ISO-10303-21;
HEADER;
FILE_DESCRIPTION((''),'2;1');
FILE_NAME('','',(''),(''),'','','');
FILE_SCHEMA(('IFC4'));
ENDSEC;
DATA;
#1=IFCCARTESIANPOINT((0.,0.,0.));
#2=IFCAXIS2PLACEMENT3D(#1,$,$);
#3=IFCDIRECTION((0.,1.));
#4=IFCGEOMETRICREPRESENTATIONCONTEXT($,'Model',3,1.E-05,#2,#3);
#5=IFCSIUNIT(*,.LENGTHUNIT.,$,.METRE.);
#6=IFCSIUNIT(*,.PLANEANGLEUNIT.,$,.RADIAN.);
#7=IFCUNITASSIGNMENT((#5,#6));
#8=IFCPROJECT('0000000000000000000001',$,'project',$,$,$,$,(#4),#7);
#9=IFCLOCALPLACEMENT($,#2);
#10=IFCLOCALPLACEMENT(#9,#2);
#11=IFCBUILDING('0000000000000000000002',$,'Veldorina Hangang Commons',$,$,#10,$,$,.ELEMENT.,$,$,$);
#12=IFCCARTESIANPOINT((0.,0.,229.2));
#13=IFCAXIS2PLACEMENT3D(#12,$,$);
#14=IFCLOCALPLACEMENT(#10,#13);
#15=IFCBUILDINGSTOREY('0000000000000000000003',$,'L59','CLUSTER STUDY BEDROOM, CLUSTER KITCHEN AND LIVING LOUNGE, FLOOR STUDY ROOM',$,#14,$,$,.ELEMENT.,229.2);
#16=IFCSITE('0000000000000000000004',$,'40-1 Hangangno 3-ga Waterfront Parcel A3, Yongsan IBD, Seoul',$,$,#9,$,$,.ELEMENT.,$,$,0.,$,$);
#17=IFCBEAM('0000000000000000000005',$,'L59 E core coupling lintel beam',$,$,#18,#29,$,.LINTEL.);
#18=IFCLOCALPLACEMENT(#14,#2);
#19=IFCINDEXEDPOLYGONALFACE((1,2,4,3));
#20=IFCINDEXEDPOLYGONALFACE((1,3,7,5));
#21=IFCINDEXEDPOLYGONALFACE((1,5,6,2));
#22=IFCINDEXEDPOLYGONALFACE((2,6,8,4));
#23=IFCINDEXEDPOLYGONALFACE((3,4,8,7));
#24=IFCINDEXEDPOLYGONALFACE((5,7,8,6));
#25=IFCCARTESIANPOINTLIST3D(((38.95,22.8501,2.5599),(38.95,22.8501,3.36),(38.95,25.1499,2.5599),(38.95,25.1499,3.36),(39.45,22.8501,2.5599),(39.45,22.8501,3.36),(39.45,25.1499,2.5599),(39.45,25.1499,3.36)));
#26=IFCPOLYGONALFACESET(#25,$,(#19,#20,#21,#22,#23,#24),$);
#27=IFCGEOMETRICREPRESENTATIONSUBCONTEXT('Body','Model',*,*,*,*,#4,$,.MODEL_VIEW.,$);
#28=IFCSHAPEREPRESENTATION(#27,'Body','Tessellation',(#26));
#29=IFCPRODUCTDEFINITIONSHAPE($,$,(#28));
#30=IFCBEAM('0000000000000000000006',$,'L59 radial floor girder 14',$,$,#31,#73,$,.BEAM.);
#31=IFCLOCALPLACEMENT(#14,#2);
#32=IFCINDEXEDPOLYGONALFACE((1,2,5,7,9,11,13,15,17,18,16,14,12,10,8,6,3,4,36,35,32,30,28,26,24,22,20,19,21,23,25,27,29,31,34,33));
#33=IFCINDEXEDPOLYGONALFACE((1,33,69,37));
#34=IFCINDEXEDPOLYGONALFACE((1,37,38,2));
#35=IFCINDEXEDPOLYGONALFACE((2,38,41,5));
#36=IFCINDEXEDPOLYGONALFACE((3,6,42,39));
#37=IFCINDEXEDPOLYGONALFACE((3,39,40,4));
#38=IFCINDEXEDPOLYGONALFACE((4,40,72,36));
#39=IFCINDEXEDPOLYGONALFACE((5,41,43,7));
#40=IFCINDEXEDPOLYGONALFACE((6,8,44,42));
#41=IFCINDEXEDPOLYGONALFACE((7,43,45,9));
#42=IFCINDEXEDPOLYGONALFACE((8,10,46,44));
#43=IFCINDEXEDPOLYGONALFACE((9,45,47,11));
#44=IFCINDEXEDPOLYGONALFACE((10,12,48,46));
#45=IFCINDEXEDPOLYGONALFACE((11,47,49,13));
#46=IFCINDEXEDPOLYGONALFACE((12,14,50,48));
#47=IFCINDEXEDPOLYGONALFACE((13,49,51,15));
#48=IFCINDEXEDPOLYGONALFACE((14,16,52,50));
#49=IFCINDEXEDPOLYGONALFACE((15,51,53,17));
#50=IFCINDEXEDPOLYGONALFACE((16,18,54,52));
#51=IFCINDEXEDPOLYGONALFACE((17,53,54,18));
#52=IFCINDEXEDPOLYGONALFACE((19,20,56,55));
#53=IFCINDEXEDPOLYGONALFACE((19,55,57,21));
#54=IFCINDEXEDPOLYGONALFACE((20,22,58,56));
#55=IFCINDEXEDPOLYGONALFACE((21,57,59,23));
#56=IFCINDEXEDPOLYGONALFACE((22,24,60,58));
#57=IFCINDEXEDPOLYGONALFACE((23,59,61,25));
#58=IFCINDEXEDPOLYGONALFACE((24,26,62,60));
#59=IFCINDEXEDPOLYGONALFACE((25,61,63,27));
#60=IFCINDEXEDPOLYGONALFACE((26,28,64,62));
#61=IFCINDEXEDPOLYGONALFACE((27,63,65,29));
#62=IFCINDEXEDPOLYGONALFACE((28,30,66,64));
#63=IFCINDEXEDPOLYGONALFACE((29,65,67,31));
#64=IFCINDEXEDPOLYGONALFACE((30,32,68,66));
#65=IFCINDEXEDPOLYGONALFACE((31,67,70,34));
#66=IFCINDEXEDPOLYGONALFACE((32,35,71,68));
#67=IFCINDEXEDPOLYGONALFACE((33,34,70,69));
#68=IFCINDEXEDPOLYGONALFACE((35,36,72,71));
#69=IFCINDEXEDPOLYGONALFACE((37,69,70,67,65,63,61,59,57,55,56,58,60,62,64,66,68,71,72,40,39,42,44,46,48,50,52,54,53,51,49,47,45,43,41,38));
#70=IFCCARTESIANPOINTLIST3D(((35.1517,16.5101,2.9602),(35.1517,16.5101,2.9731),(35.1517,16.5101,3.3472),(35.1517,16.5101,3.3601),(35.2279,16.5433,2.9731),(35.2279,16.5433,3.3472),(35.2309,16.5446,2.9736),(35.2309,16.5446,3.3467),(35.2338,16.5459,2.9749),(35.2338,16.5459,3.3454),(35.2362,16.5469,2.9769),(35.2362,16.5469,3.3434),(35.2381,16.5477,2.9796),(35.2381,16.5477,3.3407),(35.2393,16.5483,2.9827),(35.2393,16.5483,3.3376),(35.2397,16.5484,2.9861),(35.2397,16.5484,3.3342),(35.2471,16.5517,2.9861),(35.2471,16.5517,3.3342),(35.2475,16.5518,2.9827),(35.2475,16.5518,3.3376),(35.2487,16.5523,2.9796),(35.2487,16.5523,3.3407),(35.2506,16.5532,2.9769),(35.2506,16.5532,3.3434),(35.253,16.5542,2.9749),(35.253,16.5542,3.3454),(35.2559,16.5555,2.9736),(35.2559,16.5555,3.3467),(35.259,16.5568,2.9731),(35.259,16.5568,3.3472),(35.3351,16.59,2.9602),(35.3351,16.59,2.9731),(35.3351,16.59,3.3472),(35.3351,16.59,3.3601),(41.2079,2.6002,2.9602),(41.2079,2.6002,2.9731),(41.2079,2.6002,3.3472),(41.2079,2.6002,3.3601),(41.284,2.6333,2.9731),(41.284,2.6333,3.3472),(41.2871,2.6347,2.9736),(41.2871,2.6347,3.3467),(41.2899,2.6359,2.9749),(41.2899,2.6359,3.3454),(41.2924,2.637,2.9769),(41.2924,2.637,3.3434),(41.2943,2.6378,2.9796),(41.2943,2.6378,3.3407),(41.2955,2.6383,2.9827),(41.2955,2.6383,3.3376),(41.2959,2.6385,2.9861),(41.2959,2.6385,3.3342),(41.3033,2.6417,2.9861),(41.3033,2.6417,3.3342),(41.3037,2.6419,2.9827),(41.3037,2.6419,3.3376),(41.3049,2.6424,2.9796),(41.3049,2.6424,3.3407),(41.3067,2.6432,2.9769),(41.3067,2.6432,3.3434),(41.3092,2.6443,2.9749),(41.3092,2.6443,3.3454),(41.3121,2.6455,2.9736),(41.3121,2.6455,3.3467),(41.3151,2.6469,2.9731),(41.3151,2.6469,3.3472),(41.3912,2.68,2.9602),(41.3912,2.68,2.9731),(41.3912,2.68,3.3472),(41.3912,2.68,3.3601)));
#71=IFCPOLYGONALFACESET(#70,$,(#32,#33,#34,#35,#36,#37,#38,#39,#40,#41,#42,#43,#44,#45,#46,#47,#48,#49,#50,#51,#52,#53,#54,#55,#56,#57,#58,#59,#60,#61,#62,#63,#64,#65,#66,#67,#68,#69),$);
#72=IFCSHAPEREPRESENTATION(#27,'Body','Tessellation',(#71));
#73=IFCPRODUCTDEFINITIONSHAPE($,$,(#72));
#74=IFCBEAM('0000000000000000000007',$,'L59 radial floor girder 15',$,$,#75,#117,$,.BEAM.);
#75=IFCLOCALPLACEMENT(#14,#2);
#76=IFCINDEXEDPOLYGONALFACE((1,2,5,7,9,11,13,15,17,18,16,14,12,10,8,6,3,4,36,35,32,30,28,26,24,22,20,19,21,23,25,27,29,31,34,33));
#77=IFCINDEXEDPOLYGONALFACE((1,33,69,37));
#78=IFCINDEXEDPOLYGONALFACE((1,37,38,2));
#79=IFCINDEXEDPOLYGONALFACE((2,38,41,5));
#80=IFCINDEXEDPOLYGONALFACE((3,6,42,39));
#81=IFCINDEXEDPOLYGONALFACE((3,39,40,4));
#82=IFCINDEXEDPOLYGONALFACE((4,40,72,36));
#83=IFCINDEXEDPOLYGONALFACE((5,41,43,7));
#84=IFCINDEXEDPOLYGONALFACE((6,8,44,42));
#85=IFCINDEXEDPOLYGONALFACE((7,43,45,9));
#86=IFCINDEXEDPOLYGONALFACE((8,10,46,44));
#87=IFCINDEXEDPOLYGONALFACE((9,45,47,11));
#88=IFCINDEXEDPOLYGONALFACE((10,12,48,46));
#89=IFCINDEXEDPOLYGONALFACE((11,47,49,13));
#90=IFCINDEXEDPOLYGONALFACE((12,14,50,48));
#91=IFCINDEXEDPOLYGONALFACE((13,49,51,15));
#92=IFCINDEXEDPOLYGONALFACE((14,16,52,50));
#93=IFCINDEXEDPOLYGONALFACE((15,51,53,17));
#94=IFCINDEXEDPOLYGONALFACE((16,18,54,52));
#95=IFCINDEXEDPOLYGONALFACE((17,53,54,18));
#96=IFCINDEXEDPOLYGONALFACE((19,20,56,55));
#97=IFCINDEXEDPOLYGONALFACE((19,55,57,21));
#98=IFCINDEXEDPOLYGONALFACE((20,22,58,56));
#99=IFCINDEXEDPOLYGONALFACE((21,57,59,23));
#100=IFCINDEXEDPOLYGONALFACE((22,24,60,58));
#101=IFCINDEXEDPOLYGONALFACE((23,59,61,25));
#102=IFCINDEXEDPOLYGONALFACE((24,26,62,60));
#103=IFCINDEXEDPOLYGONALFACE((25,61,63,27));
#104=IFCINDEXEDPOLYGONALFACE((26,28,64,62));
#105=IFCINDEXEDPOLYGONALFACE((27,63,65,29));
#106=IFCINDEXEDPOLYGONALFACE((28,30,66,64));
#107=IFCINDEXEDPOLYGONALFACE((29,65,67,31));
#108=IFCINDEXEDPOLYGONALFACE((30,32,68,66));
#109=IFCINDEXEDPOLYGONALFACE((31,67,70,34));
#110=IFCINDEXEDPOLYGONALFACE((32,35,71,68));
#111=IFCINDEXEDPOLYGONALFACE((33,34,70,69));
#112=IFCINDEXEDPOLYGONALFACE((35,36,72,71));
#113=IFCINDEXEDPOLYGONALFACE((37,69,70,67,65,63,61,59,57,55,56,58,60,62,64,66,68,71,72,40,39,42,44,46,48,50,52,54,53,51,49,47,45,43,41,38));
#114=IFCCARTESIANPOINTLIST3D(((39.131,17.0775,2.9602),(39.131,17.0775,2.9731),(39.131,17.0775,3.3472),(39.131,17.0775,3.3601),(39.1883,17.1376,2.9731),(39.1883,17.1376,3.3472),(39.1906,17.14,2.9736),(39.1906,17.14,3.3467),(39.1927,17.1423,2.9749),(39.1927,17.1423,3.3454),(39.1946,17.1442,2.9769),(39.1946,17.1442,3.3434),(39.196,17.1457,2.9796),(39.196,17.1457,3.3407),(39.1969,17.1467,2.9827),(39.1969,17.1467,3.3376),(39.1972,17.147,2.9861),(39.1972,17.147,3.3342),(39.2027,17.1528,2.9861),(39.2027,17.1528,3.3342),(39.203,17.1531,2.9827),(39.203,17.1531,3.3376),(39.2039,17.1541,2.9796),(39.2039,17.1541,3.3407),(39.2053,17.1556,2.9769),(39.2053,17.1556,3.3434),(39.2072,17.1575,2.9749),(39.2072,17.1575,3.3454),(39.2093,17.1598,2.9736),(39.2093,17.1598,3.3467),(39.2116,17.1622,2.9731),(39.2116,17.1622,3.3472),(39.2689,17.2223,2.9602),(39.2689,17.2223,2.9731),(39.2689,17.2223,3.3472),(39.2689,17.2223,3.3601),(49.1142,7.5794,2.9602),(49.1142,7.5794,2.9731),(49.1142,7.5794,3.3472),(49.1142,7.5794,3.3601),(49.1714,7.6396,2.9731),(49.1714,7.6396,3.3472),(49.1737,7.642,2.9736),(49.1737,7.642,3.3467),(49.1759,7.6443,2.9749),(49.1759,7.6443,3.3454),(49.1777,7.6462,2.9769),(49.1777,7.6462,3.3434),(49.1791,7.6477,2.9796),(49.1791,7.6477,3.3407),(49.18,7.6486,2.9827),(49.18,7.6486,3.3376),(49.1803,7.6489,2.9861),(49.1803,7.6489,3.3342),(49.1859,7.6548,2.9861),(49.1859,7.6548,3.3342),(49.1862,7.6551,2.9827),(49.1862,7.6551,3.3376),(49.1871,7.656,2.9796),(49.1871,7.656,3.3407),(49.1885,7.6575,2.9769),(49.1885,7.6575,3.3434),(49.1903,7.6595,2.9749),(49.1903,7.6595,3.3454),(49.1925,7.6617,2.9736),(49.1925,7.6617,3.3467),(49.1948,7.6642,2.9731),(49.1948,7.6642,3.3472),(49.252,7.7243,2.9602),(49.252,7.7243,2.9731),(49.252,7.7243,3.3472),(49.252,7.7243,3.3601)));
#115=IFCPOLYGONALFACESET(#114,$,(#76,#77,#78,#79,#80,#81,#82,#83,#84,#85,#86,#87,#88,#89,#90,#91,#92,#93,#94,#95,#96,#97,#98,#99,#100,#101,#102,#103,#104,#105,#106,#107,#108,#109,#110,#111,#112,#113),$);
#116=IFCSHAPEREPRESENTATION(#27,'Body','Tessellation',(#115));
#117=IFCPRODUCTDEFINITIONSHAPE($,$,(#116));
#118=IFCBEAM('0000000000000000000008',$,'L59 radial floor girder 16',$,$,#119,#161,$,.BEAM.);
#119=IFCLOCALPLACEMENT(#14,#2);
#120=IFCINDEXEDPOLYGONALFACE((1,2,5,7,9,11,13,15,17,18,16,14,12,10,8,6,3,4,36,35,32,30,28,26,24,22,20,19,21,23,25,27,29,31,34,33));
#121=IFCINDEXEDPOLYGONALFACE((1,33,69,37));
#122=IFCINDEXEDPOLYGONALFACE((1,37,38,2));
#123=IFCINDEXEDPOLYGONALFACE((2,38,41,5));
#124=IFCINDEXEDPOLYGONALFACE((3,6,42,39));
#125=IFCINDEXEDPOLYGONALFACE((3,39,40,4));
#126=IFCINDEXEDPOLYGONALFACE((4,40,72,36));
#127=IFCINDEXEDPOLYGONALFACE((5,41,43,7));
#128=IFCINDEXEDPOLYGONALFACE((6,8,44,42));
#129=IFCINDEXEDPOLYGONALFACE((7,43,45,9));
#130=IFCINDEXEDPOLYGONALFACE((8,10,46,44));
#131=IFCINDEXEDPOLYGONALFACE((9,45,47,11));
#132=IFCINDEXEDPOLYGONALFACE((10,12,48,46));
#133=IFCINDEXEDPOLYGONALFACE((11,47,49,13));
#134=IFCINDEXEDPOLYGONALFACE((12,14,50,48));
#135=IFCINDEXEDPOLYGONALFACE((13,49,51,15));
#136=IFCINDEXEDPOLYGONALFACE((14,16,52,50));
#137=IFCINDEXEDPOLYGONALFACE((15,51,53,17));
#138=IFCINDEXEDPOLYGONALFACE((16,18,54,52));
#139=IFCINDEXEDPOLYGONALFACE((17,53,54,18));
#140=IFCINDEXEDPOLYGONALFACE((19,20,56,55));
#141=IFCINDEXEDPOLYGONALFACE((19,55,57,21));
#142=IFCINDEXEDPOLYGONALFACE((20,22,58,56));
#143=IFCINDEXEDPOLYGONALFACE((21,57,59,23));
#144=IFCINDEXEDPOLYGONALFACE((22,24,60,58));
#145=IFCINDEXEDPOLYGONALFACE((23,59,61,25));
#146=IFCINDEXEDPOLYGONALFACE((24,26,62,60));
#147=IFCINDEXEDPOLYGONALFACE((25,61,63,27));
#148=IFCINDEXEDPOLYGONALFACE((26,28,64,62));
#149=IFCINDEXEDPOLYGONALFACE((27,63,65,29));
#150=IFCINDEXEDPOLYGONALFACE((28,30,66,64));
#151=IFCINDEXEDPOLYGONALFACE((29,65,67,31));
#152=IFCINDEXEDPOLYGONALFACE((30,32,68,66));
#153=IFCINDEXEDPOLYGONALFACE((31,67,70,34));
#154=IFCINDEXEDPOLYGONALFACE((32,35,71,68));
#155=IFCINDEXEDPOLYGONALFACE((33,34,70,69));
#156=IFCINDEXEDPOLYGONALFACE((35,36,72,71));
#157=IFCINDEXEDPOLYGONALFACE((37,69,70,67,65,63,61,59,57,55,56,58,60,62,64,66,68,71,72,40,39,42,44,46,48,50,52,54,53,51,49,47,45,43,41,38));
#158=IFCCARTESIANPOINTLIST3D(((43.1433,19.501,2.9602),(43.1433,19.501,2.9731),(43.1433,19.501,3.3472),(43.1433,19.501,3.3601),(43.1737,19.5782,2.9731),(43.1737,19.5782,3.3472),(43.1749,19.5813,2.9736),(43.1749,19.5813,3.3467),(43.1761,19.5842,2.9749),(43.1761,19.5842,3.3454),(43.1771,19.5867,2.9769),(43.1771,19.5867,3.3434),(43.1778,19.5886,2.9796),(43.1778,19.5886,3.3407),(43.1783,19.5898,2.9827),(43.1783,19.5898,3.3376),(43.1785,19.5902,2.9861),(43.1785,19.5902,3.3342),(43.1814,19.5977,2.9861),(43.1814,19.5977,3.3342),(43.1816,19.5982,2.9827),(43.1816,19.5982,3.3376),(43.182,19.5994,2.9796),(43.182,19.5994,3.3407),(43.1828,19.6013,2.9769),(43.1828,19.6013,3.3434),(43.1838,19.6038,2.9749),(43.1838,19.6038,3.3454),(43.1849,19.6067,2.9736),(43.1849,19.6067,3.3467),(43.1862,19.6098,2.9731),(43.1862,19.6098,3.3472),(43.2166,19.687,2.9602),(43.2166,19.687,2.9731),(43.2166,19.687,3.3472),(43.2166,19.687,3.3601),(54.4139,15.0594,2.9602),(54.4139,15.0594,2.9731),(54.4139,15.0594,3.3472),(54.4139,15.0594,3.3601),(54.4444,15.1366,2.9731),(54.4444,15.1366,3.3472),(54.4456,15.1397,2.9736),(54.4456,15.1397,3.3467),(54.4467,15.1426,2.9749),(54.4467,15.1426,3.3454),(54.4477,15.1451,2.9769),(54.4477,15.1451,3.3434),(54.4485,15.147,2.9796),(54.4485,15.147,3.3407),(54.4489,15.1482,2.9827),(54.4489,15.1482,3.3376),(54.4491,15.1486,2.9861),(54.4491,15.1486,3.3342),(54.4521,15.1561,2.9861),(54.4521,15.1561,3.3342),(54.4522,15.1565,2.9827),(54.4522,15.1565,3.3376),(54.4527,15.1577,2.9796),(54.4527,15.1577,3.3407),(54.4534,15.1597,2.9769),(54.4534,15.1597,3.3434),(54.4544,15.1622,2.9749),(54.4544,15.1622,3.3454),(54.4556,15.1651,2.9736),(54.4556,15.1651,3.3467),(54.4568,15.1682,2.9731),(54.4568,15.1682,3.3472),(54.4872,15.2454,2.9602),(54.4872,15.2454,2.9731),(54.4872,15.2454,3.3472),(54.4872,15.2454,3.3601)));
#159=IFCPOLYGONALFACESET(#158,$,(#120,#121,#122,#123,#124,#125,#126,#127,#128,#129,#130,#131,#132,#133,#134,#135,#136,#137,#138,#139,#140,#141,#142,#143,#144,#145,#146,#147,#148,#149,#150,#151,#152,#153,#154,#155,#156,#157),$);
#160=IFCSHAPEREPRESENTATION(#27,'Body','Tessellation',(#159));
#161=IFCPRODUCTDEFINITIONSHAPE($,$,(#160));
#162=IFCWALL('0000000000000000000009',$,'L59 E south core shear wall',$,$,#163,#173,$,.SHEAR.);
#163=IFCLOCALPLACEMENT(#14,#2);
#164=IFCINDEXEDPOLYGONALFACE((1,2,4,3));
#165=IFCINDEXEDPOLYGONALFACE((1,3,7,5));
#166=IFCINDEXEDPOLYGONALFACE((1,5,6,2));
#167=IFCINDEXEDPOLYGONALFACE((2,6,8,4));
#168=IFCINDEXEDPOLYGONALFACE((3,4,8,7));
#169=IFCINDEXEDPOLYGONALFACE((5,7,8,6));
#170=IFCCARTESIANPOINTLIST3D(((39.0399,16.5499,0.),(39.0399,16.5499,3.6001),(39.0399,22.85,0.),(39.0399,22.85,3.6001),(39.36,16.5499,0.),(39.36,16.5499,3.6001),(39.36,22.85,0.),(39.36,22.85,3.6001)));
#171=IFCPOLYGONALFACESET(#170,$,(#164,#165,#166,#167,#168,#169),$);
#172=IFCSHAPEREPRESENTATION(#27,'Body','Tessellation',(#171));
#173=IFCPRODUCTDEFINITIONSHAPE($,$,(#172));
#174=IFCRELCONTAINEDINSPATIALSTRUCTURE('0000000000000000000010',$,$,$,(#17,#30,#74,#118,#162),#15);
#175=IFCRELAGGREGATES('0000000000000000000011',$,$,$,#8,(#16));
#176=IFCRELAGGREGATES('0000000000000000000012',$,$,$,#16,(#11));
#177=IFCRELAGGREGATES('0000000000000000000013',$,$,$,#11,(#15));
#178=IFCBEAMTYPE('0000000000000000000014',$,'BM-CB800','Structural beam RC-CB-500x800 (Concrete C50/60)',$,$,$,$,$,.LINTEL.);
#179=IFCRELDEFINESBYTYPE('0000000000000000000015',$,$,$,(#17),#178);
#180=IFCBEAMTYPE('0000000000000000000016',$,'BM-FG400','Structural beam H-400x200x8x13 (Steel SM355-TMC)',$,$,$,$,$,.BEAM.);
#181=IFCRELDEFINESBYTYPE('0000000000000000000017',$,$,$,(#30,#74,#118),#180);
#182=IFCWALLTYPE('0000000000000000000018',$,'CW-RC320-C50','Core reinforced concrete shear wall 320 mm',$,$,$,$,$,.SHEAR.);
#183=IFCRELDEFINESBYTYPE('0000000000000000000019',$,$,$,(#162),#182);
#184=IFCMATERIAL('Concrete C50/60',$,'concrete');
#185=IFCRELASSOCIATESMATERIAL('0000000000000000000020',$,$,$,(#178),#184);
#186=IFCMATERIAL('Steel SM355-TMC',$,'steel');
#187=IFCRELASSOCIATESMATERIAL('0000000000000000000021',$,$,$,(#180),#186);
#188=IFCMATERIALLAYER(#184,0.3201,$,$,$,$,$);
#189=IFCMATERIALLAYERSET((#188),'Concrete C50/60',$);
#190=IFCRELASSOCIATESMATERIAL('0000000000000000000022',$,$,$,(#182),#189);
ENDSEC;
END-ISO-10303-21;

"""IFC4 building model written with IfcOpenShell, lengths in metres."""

from ifc_helpers import new_model, si_unit, direction, frame, frame_2d, origin, origin_2d, place, context, subcontext, project, spatial, rectangle, i_section, extrude, material, layer, layer_set, material_profile, profile_set, type_object, element, save


model = new_model("IFC4")

# Units and contexts
model_context = context("Model", 3, precision=1e-05, world=origin(), true_north=direction((0.0, 1.0)))
body_context = subcontext(model_context, "Body", "Model", "MODEL_VIEW")
ifc_project = project(units=[si_unit("LENGTHUNIT", "METRE"), si_unit("PLANEANGLEUNIT", "RADIAN")], contexts=[model_context])

# Site, building, storey
site_placement = place(None, origin())
site = spatial("IfcSite", under=ifc_project, at=site_placement, Name="40-1 Hangangno 3-ga Waterfront Parcel A3, Yongsan IBD, Seoul", CompositionType="ELEMENT", RefElevation=0.0)
building_placement = place(site_placement, origin())
building = spatial("IfcBuilding", under=site, at=building_placement, Name="Veldorina Hangang Commons", CompositionType="ELEMENT")
storey_placement = place(building_placement, frame((0.0, 0.0, 229.2)))
storey = spatial("IfcBuildingStorey", under=building, at=storey_placement, Name="L59", Description="CLUSTER STUDY BEDROOM, CLUSTER KITCHEN AND LIVING LOUNGE, FLOOR STUDY ROOM", CompositionType="ELEMENT", Elevation=229.2)

# Beams
ifc_material_1 = material(Name="Concrete C50/60", Category="concrete")
ifc_material_profile_1 = material_profile(ifc_material_1, rectangle(XDim=0.5, YDim=0.8, at=origin_2d()), Name="RC-CB-500x800")
ifc_profile_set_1 = profile_set([ifc_material_profile_1], Name="Concrete C50/60")
beam_type_1 = type_object("IfcBeamType", Name="BM-CB800", Description="Structural beam RC-CB-500x800 (Concrete C50/60)", PredefinedType="LINTEL", material=ifc_profile_set_1)
beam_1_placement = place(storey_placement, frame((39.2, 22.8501, 2.96), z_axis=(0.0, 1.0, 0.0), x_axis=(-1.0, 0.0, 0.0)))
element("IfcBeam", 1, at=beam_1_placement, inside=storey, type_object=beam_type_1, Name="L59 E core coupling lintel beam", PredefinedType="LINTEL", context=body_context, shape_type="SweptSolid", body=[
    extrude(rectangle(XDim=0.5, YDim=0.8, at=origin_2d()), origin(), (0.0, 0.0, 1.0), 2.2998),
])
ifc_material_2 = material(Name="Steel SM355-TMC", Category="steel")
ifc_material_profile_2 = material_profile(ifc_material_2, i_section(OverallWidth=0.2, OverallDepth=0.3999, WebThickness=0.0081, FlangeThickness=0.0129, FilletRadius=0.0129, at=origin_2d()), Name="H-400x200x8x13")
ifc_profile_set_2 = profile_set([ifc_material_profile_2], Name="Steel SM355-TMC")
beam_type_2 = type_object("IfcBeamType", Name="BM-FG400", Description="Structural beam H-400x200x8x13 (Steel SM355-TMC)", PredefinedType="BEAM", material=ifc_profile_set_2)
beam_2_placement = place(storey_placement, frame((35.2434, 16.55, 3.1602), z_axis=(0.39919, -0.916868, 0.0), x_axis=(0.916868, 0.39919, 0.0)))
element("IfcBeam", 2, at=beam_2_placement, inside=storey, type_object=beam_type_2, Name="L59 radial floor girder 14", PredefinedType="BEAM", context=body_context, shape_type="SweptSolid", body=[
    extrude(i_section(OverallWidth=0.2, OverallDepth=0.3999, WebThickness=0.0081, FlangeThickness=0.0129, FilletRadius=0.0129, at=origin_2d()), origin(), (0.0, 0.0, 1.0), 15.1711),
])
beam_3_placement = place(storey_placement, frame((39.2, 17.1499, 3.1602), z_axis=(0.72449, -0.689285, 0.0), x_axis=(0.689285, 0.72449, 0.0)))
element("IfcBeam", 3, at=beam_3_placement, inside=storey, type_object=beam_type_2, Name="L59 radial floor girder 15", PredefinedType="BEAM", context=body_context, shape_type="SweptSolid", body=[
    extrude(i_section(OverallWidth=0.2, OverallDepth=0.3999, WebThickness=0.0081, FlangeThickness=0.0129, FilletRadius=0.0129, at=origin_2d()), origin(), (0.0, 0.0, 1.0), 13.7795),
])
beam_4_placement = place(storey_placement, frame((43.1799, 19.594, 3.1602), z_axis=(0.930362, -0.366643, 0.0), x_axis=(0.366643, 0.930362, 0.0)))
element("IfcBeam", 4, at=beam_4_placement, inside=storey, type_object=beam_type_2, Name="L59 radial floor girder 16", PredefinedType="BEAM", context=body_context, shape_type="SweptSolid", body=[
    extrude(i_section(OverallWidth=0.2, OverallDepth=0.3999, WebThickness=0.0081, FlangeThickness=0.0129, FilletRadius=0.0129, at=origin_2d()), origin(), (0.0, 0.0, 1.0), 12.1143),
])

# Wall
ifc_layer_1 = layer(ifc_material_1, 0.3201)
ifc_layer_set_1 = layer_set([ifc_layer_1], Name="Concrete C50/60")
wall_type_1 = type_object("IfcWallType", Name="CW-RC320-C50", Description="Core reinforced concrete shear wall 320 mm", PredefinedType="SHEAR", material=ifc_layer_set_1)
wall_1_placement = place(storey_placement, frame((39.2, 16.55, 0.0), z_axis=(0.0, 0.0, 1.0), x_axis=(0.0, 1.0, 0.0)))
element("IfcWall", 5, at=wall_1_placement, inside=storey, type_object=wall_type_1, Name="L59 E south core shear wall", PredefinedType="SHEAR", context=body_context, shape_type="SweptSolid", body=[
    extrude(rectangle(XDim=6.3, YDim=0.3201, at=frame_2d((3.1499, 0.0))), origin(), (0.0, 0.0, 1.0), 3.6001),
])

save(model, "model.ifc")
